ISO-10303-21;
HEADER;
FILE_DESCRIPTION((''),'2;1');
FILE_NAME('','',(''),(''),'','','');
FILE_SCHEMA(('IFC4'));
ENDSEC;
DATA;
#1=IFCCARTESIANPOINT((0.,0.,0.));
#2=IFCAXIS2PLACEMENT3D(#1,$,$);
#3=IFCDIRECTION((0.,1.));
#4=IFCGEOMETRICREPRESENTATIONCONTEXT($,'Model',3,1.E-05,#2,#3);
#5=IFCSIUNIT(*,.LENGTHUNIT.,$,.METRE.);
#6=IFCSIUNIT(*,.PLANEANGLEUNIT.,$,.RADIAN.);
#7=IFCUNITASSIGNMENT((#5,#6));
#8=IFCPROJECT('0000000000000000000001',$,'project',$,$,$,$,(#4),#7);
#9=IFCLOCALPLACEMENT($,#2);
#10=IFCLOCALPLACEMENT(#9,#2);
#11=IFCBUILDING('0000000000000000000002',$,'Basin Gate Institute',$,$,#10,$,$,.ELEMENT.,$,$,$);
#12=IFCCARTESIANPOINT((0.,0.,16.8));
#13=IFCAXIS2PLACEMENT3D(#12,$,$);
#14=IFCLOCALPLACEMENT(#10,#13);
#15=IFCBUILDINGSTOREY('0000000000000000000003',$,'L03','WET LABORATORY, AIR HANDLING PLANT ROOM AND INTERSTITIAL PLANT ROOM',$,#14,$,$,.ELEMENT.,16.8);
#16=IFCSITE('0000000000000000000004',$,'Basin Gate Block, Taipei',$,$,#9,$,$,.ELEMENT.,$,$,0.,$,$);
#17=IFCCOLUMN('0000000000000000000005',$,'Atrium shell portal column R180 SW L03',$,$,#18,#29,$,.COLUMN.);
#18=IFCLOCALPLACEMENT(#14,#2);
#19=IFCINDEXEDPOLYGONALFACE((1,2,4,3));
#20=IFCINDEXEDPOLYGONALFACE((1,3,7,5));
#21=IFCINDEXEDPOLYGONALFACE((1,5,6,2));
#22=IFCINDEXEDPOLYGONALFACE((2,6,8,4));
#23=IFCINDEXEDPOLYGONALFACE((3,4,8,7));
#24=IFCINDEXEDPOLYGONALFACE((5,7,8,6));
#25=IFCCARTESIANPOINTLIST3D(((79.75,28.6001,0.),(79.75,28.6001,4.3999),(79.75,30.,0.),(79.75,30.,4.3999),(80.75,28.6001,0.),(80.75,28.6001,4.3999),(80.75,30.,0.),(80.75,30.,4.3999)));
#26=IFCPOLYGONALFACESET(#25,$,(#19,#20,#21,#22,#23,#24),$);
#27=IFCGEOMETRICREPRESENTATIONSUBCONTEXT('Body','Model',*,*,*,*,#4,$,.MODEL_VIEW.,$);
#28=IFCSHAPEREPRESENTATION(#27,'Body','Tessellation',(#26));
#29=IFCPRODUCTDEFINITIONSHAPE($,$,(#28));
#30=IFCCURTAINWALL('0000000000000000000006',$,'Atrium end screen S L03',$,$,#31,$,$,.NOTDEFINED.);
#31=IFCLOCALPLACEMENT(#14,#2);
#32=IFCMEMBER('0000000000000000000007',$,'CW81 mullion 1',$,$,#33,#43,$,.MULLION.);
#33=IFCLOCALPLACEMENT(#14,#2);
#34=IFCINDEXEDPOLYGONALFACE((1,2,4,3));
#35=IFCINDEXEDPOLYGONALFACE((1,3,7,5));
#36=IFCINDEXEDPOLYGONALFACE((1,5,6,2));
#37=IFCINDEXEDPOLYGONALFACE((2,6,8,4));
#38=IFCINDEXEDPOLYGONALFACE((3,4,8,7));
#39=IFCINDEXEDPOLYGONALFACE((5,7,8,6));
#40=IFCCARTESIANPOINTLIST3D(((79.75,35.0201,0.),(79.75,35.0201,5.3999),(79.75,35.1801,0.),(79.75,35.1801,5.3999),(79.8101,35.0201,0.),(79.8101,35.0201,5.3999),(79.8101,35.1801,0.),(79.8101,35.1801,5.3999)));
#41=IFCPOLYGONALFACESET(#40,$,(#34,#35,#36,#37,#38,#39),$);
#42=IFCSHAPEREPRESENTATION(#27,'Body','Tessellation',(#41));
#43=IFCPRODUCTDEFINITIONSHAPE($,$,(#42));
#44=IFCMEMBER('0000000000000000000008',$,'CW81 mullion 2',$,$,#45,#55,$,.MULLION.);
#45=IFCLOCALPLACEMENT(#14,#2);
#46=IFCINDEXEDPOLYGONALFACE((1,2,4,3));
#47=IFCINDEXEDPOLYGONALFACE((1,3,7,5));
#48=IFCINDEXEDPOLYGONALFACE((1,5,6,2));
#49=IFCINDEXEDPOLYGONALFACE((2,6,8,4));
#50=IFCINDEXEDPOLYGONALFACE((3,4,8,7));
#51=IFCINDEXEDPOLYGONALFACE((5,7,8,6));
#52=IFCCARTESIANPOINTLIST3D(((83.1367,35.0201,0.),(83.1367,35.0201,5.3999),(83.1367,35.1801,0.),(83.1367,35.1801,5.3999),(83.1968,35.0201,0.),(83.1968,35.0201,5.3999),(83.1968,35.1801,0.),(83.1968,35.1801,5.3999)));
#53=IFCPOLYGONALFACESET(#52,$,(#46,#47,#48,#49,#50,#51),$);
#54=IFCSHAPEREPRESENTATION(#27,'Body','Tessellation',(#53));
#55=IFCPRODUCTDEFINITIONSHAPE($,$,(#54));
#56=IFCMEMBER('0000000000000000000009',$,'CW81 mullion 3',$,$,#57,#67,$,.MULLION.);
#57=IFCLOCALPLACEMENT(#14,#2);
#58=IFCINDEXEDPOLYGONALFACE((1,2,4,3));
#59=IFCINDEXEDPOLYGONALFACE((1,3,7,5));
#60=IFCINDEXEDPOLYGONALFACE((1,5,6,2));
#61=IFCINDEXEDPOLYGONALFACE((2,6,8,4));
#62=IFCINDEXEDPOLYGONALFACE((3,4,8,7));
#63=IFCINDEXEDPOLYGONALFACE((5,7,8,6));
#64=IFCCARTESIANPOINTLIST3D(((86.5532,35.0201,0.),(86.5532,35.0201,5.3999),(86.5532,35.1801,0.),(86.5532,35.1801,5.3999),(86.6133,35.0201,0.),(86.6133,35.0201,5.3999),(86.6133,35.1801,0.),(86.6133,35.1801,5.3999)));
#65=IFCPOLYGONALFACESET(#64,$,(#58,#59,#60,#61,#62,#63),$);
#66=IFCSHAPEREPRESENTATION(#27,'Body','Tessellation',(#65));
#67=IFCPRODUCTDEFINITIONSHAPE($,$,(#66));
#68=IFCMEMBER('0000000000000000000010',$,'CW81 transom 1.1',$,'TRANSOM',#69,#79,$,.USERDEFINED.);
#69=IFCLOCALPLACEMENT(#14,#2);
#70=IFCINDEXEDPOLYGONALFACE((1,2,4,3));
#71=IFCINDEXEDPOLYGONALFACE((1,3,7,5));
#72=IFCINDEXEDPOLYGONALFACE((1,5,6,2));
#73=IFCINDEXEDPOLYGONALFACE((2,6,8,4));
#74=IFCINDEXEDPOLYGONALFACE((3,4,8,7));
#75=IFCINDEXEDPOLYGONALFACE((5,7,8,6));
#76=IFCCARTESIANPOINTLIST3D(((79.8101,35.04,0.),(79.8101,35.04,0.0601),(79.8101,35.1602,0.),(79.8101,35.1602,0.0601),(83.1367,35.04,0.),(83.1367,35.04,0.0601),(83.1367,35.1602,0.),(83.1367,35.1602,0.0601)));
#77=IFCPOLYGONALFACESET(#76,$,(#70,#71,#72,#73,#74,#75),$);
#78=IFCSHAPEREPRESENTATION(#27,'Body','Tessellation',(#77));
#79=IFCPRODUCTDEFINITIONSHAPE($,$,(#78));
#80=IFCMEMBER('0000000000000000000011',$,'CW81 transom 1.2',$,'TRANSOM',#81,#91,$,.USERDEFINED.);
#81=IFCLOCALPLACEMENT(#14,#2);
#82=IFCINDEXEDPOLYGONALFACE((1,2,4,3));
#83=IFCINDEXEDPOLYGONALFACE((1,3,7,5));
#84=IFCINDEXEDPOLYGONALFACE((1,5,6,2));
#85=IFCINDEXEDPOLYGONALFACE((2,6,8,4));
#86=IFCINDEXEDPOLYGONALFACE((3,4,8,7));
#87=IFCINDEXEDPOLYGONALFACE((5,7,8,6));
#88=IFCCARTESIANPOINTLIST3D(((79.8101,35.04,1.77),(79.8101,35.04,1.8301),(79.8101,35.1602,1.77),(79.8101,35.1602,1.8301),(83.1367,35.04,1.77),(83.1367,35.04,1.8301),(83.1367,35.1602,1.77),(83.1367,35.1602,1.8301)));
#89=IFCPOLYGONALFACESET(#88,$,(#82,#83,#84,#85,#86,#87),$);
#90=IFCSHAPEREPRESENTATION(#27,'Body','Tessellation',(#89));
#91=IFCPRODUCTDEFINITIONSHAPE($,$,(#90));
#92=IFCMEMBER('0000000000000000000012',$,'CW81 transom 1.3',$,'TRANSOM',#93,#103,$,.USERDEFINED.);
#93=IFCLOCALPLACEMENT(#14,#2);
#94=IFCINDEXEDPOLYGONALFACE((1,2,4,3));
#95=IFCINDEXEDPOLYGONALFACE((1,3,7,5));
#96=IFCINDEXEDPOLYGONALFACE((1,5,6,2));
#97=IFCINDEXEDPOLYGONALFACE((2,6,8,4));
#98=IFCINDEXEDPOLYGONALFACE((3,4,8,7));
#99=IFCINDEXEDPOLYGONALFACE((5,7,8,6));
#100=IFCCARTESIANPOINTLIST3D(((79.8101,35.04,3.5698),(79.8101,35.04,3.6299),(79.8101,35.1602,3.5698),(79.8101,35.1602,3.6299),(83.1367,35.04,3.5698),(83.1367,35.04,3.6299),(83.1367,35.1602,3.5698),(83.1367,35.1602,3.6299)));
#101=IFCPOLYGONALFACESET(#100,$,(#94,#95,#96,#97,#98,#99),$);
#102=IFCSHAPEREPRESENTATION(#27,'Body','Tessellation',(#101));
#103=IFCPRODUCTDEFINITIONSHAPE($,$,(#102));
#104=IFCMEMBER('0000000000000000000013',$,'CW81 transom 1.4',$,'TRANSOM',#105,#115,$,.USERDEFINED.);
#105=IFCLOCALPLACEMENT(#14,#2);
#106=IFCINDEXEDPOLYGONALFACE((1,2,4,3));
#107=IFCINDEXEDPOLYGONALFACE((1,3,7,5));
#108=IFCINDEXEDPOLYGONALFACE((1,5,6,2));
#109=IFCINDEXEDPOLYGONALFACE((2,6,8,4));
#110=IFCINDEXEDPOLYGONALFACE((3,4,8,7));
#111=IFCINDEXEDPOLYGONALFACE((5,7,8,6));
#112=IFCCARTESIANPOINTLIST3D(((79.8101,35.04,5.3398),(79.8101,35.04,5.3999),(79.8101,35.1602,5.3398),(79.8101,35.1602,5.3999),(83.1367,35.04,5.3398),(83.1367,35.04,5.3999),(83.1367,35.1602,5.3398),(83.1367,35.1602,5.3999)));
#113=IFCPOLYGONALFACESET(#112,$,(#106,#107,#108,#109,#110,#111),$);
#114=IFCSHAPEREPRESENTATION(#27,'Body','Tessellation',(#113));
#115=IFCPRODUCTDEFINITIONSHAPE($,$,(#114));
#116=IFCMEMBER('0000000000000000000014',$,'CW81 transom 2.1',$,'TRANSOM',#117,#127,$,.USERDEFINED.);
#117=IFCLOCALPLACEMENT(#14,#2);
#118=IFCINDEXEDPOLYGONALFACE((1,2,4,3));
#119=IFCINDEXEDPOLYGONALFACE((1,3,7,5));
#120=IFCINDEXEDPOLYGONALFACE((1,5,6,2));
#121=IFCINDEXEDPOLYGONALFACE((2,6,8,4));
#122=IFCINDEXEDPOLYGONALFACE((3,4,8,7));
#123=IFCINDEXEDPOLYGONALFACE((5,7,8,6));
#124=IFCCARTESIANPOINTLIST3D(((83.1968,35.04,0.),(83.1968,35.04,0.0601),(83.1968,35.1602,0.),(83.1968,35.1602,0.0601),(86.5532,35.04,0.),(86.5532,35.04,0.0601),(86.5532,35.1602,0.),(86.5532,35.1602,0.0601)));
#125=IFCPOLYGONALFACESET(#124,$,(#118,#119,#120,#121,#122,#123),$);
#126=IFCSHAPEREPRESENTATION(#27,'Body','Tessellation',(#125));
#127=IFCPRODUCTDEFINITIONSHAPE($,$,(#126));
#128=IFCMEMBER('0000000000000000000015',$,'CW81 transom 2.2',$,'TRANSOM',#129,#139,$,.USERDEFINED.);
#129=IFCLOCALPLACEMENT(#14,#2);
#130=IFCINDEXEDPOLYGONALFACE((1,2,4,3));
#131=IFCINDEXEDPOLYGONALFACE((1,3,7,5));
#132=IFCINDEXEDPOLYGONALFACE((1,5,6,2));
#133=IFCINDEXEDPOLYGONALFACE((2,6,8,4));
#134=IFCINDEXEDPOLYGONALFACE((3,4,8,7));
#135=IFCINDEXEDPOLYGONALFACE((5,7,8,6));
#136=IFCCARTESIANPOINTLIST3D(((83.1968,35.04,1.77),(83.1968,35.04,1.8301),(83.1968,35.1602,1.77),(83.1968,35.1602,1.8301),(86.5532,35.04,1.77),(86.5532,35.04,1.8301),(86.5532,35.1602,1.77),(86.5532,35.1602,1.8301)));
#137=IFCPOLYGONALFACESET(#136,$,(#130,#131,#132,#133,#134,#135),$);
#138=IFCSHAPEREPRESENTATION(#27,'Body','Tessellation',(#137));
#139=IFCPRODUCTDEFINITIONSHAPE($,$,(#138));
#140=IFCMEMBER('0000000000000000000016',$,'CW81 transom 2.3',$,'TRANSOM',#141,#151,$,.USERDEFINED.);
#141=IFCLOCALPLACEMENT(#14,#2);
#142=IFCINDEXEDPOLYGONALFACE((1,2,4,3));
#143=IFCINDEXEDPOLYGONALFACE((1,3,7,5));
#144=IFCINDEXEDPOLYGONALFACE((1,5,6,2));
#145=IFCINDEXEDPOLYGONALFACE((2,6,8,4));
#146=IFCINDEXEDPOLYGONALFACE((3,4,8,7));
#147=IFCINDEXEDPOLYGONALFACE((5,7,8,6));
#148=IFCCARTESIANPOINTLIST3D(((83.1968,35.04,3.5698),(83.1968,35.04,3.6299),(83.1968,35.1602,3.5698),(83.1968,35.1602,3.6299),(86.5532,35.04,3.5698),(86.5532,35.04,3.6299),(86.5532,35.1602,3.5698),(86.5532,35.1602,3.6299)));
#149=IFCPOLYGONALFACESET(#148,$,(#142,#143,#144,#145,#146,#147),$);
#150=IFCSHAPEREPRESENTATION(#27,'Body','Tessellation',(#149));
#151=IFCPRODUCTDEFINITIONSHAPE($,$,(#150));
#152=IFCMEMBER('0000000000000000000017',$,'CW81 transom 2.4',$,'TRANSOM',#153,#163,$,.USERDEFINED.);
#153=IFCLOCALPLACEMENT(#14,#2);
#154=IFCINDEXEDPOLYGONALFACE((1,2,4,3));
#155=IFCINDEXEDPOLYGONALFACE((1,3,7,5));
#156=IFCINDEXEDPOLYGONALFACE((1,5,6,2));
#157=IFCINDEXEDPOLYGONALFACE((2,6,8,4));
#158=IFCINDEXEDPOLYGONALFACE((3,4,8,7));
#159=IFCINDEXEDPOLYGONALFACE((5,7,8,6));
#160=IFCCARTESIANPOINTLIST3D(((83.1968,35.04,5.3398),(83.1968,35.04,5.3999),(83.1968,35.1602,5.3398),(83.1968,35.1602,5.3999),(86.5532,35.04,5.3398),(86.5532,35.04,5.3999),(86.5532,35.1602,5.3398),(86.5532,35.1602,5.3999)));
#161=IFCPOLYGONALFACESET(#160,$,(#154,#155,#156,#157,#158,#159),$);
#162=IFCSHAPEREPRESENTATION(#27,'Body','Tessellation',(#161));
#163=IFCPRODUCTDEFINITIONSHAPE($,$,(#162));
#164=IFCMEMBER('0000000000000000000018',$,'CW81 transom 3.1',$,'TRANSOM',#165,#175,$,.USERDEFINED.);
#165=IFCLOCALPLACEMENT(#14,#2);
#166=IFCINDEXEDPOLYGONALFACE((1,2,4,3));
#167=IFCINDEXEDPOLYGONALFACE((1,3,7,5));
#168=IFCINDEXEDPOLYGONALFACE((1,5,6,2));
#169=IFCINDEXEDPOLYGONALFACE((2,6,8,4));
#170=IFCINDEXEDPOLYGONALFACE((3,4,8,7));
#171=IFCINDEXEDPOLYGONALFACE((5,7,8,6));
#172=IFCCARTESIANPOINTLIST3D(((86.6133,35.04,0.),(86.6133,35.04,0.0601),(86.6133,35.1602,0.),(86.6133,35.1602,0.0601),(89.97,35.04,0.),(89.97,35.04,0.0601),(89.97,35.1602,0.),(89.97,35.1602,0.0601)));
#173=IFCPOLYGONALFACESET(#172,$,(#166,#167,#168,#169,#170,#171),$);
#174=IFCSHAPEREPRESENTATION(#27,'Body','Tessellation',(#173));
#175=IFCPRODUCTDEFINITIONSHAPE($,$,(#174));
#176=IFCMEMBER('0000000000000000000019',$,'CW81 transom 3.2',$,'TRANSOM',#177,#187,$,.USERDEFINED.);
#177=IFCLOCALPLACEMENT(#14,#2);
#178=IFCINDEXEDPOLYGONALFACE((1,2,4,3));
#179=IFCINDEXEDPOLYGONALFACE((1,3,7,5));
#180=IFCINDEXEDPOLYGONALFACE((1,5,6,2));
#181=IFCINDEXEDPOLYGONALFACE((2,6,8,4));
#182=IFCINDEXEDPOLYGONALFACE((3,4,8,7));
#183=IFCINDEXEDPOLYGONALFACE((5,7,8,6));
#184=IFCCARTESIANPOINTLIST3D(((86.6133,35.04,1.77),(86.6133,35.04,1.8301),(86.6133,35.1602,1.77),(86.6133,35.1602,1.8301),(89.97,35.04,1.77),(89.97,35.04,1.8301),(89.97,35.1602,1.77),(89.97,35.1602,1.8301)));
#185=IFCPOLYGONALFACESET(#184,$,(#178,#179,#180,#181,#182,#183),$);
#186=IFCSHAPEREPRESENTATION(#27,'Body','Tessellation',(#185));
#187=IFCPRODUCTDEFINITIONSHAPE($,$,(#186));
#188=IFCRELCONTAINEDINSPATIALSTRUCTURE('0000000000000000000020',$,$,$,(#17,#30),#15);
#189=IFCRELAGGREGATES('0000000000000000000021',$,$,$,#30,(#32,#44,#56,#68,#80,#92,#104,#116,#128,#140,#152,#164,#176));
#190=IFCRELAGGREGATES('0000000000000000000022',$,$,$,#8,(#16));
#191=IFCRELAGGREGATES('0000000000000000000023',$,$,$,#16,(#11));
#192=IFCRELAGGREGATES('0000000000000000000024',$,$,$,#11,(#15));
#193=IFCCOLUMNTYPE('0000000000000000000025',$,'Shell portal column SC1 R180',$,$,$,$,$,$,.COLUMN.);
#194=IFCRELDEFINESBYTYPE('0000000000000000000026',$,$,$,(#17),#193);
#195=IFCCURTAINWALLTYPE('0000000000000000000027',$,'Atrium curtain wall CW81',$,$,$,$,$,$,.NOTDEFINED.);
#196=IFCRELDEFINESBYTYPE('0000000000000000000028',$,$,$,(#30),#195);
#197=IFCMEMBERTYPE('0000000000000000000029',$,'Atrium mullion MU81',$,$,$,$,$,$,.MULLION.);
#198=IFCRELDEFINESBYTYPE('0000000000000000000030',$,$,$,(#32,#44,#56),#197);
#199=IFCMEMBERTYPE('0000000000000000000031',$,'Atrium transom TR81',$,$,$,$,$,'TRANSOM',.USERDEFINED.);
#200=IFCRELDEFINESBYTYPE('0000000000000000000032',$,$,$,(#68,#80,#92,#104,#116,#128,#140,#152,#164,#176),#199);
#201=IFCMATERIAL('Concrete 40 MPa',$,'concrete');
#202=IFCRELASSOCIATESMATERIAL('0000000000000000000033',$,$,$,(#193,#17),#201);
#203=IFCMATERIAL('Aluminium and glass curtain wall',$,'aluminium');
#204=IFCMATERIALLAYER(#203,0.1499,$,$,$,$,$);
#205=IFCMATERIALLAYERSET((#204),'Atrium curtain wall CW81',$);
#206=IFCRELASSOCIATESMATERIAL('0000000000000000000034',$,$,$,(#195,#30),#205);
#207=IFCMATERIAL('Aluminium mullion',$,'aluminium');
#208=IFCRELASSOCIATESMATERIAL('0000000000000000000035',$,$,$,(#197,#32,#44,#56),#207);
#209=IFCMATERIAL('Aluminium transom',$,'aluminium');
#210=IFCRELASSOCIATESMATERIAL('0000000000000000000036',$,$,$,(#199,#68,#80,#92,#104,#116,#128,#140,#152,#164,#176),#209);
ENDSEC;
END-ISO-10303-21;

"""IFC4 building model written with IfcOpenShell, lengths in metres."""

from ifc_helpers import new_model, si_unit, direction, frame, origin, origin_2d, place, context, subcontext, project, spatial, rectangle, extrude, material, layer, layer_set, material_profile, profile_set, type_object, element, aggregate, save


model = new_model("IFC4")

# Units and contexts
model_context = context("Model", 3, precision=1e-05, world=origin(), true_north=direction((0.0, 1.0)))
body_context = subcontext(model_context, "Body", "Model", "MODEL_VIEW")
ifc_project = project(units=[si_unit("LENGTHUNIT", "METRE"), si_unit("PLANEANGLEUNIT", "RADIAN")], contexts=[model_context])

# Site, building, storey
site_placement = place(None, origin())
site = spatial("IfcSite", under=ifc_project, at=site_placement, Name="Basin Gate Block, Taipei", CompositionType="ELEMENT", RefElevation=0.0)
building_placement = place(site_placement, origin())
building = spatial("IfcBuilding", under=site, at=building_placement, Name="Basin Gate Institute", CompositionType="ELEMENT")
storey_placement = place(building_placement, frame((0.0, 0.0, 16.8)))
storey = spatial("IfcBuildingStorey", under=building, at=storey_placement, Name="L03", Description="WET LABORATORY, AIR HANDLING PLANT ROOM AND INTERSTITIAL PLANT ROOM", CompositionType="ELEMENT", Elevation=16.8)

# Column
ifc_material_1 = material(Name="Concrete 40 MPa", Category="concrete")
ifc_material_profile_1 = material_profile(ifc_material_1, rectangle(XDim=1.0, YDim=1.3999, at=origin_2d()), Name="Shell portal column SC1 1000 x 1400")
ifc_profile_set_1 = profile_set([ifc_material_profile_1], Name="Concrete 40 MPa")
column_type = type_object("IfcColumnType", Name="Shell portal column SC1 R180", PredefinedType="COLUMN", material=ifc_profile_set_1)
column_placement = place(storey_placement, frame((80.25, 29.3, 0.0), z_axis=(0.0, 0.0, 1.0), x_axis=(1.0, 0.0, 0.0)))
element("IfcColumn", 1, at=column_placement, inside=storey, type_object=column_type, material=ifc_profile_set_1, Name="Atrium shell portal column R180 SW L03", PredefinedType="COLUMN", context=body_context, shape_type="SweptSolid", body=[
    extrude(rectangle(XDim=1.0, YDim=1.3999, at=origin_2d()), origin(), (0.0, 0.0, 1.0), 4.3999),
])

# Curtain wall, members
ifc_material_2 = material(Name="Aluminium and glass curtain wall", Category="aluminium")
ifc_layer_1 = layer(ifc_material_2, 0.1499)
ifc_layer_set_1 = layer_set([ifc_layer_1], Name="Atrium curtain wall CW81")
curtain_wall_type = type_object("IfcCurtainWallType", Name="Atrium curtain wall CW81", PredefinedType="NOTDEFINED", material=ifc_layer_set_1)
curtain_wall_placement = place(storey_placement, origin())
curtain_wall = element("IfcCurtainWall", 2, at=curtain_wall_placement, inside=storey, type_object=curtain_wall_type, material=ifc_layer_set_1, Name="Atrium end screen S L03", PredefinedType="NOTDEFINED")
ifc_material_3 = material(Name="Aluminium mullion", Category="aluminium")
ifc_material_profile_2 = material_profile(ifc_material_3, rectangle(XDim=0.1599, YDim=0.0601, at=origin_2d()), Name="Atrium mullion MU81 160 x 60")
ifc_profile_set_2 = profile_set([ifc_material_profile_2], Name="Aluminium mullion")
member_type_1 = type_object("IfcMemberType", Name="Atrium mullion MU81", PredefinedType="MULLION", material=ifc_profile_set_2)
member_1_placement = place(storey_placement, frame((79.78, 35.1001, 0.0), z_axis=(0.0, 0.0, 1.0), x_axis=(0.0, 1.0, 0.0)))
member_1 = element("IfcMember", 3, at=member_1_placement, type_object=member_type_1, material=ifc_profile_set_2, Name="CW81 mullion 1", PredefinedType="MULLION", context=body_context, shape_type="SweptSolid", body=[
    extrude(rectangle(XDim=0.1599, YDim=0.0601, at=origin_2d()), origin(), (0.0, 0.0, 1.0), 5.3999),
])
member_2_placement = place(storey_placement, frame((83.1667, 35.1001, 0.0), z_axis=(0.0, 0.0, 1.0), x_axis=(0.0, 1.0, 0.0)))
member_2 = element("IfcMember", 4, at=member_2_placement, type_object=member_type_1, material=ifc_profile_set_2, Name="CW81 mullion 2", PredefinedType="MULLION", context=body_context, shape_type="SweptSolid", body=[
    extrude(rectangle(XDim=0.1599, YDim=0.0601, at=origin_2d()), origin(), (0.0, 0.0, 1.0), 5.3999),
])
member_3_placement = place(storey_placement, frame((86.5833, 35.1001, 0.0), z_axis=(0.0, 0.0, 1.0), x_axis=(0.0, 1.0, 0.0)))
member_3 = element("IfcMember", 5, at=member_3_placement, type_object=member_type_1, material=ifc_profile_set_2, Name="CW81 mullion 3", PredefinedType="MULLION", context=body_context, shape_type="SweptSolid", body=[
    extrude(rectangle(XDim=0.1599, YDim=0.0601, at=origin_2d()), origin(), (0.0, 0.0, 1.0), 5.3999),
])
ifc_material_4 = material(Name="Aluminium transom", Category="aluminium")
ifc_material_profile_3 = material_profile(ifc_material_4, rectangle(XDim=0.1201, YDim=0.0601, at=origin_2d()), Name="Atrium transom TR81 120 x 60")
ifc_profile_set_3 = profile_set([ifc_material_profile_3], Name="Aluminium transom")
member_type_2 = type_object("IfcMemberType", Name="Atrium transom TR81", ElementType="TRANSOM", PredefinedType="USERDEFINED", material=ifc_profile_set_3)
member_4_placement = place(storey_placement, frame((79.8101, 35.1001, 0.03), z_axis=(1.0, 0.0, 0.0), x_axis=(0.0, 1.0, 0.0)))
member_4 = element("IfcMember", 6, at=member_4_placement, type_object=member_type_2, material=ifc_profile_set_3, Name="CW81 transom 1.1", ObjectType="TRANSOM", PredefinedType="USERDEFINED", context=body_context, shape_type="SweptSolid", body=[
    extrude(rectangle(XDim=0.1201, YDim=0.0601, at=origin_2d()), origin(), (0.0, 0.0, 1.0), 3.3267),
])
member_5_placement = place(storey_placement, frame((79.8101, 35.1001, 1.8), z_axis=(1.0, 0.0, 0.0), x_axis=(0.0, 1.0, 0.0)))
member_5 = element("IfcMember", 7, at=member_5_placement, type_object=member_type_2, material=ifc_profile_set_3, Name="CW81 transom 1.2", ObjectType="TRANSOM", PredefinedType="USERDEFINED", context=body_context, shape_type="SweptSolid", body=[
    extrude(rectangle(XDim=0.1201, YDim=0.0601, at=origin_2d()), origin(), (0.0, 0.0, 1.0), 3.3267),
])
member_6_placement = place(storey_placement, frame((79.8101, 35.1001, 3.5999), z_axis=(1.0, 0.0, 0.0), x_axis=(0.0, 1.0, 0.0)))
member_6 = element("IfcMember", 8, at=member_6_placement, type_object=member_type_2, material=ifc_profile_set_3, Name="CW81 transom 1.3", ObjectType="TRANSOM", PredefinedType="USERDEFINED", context=body_context, shape_type="SweptSolid", body=[
    extrude(rectangle(XDim=0.1201, YDim=0.0601, at=origin_2d()), origin(), (0.0, 0.0, 1.0), 3.3267),
])
member_7_placement = place(storey_placement, frame((79.8101, 35.1001, 5.3699), z_axis=(1.0, 0.0, 0.0), x_axis=(0.0, 1.0, 0.0)))
member_7 = element("IfcMember", 9, at=member_7_placement, type_object=member_type_2, material=ifc_profile_set_3, Name="CW81 transom 1.4", ObjectType="TRANSOM", PredefinedType="USERDEFINED", context=body_context, shape_type="SweptSolid", body=[
    extrude(rectangle(XDim=0.1201, YDim=0.0601, at=origin_2d()), origin(), (0.0, 0.0, 1.0), 3.3267),
])
member_8_placement = place(storey_placement, frame((83.1968, 35.1001, 0.03), z_axis=(1.0, 0.0, 0.0), x_axis=(0.0, 1.0, 0.0)))
member_8 = element("IfcMember", 10, at=member_8_placement, type_object=member_type_2, material=ifc_profile_set_3, Name="CW81 transom 2.1", ObjectType="TRANSOM", PredefinedType="USERDEFINED", context=body_context, shape_type="SweptSolid", body=[
    extrude(rectangle(XDim=0.1201, YDim=0.0601, at=origin_2d()), origin(), (0.0, 0.0, 1.0), 3.3564),
])
member_9_placement = place(storey_placement, frame((83.1968, 35.1001, 1.8), z_axis=(1.0, 0.0, 0.0), x_axis=(0.0, 1.0, 0.0)))
member_9 = element("IfcMember", 11, at=member_9_placement, type_object=member_type_2, material=ifc_profile_set_3, Name="CW81 transom 2.2", ObjectType="TRANSOM", PredefinedType="USERDEFINED", context=body_context, shape_type="SweptSolid", body=[
    extrude(rectangle(XDim=0.1201, YDim=0.0601, at=origin_2d()), origin(), (0.0, 0.0, 1.0), 3.3564),
])
member_10_placement = place(storey_placement, frame((83.1968, 35.1001, 3.5999), z_axis=(1.0, 0.0, 0.0), x_axis=(0.0, 1.0, 0.0)))
member_10 = element("IfcMember", 12, at=member_10_placement, type_object=member_type_2, material=ifc_profile_set_3, Name="CW81 transom 2.3", ObjectType="TRANSOM", PredefinedType="USERDEFINED", context=body_context, shape_type="SweptSolid", body=[
    extrude(rectangle(XDim=0.1201, YDim=0.0601, at=origin_2d()), origin(), (0.0, 0.0, 1.0), 3.3564),
])
member_11_placement = place(storey_placement, frame((83.1968, 35.1001, 5.3699), z_axis=(1.0, 0.0, 0.0), x_axis=(0.0, 1.0, 0.0)))
member_11 = element("IfcMember", 13, at=member_11_placement, type_object=member_type_2, material=ifc_profile_set_3, Name="CW81 transom 2.4", ObjectType="TRANSOM", PredefinedType="USERDEFINED", context=body_context, shape_type="SweptSolid", body=[
    extrude(rectangle(XDim=0.1201, YDim=0.0601, at=origin_2d()), origin(), (0.0, 0.0, 1.0), 3.3564),
])
member_12_placement = place(storey_placement, frame((86.6133, 35.1001, 0.03), z_axis=(1.0, 0.0, 0.0), x_axis=(0.0, 1.0, 0.0)))
member_12 = element("IfcMember", 14, at=member_12_placement, type_object=member_type_2, material=ifc_profile_set_3, Name="CW81 transom 3.1", ObjectType="TRANSOM", PredefinedType="USERDEFINED", context=body_context, shape_type="SweptSolid", body=[
    extrude(rectangle(XDim=0.1201, YDim=0.0601, at=origin_2d()), origin(), (0.0, 0.0, 1.0), 3.3567),
])
member_13_placement = place(storey_placement, frame((86.6133, 35.1001, 1.8), z_axis=(1.0, 0.0, 0.0), x_axis=(0.0, 1.0, 0.0)))
member_13 = element("IfcMember", 15, at=member_13_placement, type_object=member_type_2, material=ifc_profile_set_3, Name="CW81 transom 3.2", ObjectType="TRANSOM", PredefinedType="USERDEFINED", context=body_context, shape_type="SweptSolid", body=[
    extrude(rectangle(XDim=0.1201, YDim=0.0601, at=origin_2d()), origin(), (0.0, 0.0, 1.0), 3.3567),
])

aggregate(curtain_wall, [member_1, member_2, member_3, member_4, member_5, member_6, member_7, member_8, member_9, member_10, member_11, member_12, member_13])

save(model, "model.ifc")
